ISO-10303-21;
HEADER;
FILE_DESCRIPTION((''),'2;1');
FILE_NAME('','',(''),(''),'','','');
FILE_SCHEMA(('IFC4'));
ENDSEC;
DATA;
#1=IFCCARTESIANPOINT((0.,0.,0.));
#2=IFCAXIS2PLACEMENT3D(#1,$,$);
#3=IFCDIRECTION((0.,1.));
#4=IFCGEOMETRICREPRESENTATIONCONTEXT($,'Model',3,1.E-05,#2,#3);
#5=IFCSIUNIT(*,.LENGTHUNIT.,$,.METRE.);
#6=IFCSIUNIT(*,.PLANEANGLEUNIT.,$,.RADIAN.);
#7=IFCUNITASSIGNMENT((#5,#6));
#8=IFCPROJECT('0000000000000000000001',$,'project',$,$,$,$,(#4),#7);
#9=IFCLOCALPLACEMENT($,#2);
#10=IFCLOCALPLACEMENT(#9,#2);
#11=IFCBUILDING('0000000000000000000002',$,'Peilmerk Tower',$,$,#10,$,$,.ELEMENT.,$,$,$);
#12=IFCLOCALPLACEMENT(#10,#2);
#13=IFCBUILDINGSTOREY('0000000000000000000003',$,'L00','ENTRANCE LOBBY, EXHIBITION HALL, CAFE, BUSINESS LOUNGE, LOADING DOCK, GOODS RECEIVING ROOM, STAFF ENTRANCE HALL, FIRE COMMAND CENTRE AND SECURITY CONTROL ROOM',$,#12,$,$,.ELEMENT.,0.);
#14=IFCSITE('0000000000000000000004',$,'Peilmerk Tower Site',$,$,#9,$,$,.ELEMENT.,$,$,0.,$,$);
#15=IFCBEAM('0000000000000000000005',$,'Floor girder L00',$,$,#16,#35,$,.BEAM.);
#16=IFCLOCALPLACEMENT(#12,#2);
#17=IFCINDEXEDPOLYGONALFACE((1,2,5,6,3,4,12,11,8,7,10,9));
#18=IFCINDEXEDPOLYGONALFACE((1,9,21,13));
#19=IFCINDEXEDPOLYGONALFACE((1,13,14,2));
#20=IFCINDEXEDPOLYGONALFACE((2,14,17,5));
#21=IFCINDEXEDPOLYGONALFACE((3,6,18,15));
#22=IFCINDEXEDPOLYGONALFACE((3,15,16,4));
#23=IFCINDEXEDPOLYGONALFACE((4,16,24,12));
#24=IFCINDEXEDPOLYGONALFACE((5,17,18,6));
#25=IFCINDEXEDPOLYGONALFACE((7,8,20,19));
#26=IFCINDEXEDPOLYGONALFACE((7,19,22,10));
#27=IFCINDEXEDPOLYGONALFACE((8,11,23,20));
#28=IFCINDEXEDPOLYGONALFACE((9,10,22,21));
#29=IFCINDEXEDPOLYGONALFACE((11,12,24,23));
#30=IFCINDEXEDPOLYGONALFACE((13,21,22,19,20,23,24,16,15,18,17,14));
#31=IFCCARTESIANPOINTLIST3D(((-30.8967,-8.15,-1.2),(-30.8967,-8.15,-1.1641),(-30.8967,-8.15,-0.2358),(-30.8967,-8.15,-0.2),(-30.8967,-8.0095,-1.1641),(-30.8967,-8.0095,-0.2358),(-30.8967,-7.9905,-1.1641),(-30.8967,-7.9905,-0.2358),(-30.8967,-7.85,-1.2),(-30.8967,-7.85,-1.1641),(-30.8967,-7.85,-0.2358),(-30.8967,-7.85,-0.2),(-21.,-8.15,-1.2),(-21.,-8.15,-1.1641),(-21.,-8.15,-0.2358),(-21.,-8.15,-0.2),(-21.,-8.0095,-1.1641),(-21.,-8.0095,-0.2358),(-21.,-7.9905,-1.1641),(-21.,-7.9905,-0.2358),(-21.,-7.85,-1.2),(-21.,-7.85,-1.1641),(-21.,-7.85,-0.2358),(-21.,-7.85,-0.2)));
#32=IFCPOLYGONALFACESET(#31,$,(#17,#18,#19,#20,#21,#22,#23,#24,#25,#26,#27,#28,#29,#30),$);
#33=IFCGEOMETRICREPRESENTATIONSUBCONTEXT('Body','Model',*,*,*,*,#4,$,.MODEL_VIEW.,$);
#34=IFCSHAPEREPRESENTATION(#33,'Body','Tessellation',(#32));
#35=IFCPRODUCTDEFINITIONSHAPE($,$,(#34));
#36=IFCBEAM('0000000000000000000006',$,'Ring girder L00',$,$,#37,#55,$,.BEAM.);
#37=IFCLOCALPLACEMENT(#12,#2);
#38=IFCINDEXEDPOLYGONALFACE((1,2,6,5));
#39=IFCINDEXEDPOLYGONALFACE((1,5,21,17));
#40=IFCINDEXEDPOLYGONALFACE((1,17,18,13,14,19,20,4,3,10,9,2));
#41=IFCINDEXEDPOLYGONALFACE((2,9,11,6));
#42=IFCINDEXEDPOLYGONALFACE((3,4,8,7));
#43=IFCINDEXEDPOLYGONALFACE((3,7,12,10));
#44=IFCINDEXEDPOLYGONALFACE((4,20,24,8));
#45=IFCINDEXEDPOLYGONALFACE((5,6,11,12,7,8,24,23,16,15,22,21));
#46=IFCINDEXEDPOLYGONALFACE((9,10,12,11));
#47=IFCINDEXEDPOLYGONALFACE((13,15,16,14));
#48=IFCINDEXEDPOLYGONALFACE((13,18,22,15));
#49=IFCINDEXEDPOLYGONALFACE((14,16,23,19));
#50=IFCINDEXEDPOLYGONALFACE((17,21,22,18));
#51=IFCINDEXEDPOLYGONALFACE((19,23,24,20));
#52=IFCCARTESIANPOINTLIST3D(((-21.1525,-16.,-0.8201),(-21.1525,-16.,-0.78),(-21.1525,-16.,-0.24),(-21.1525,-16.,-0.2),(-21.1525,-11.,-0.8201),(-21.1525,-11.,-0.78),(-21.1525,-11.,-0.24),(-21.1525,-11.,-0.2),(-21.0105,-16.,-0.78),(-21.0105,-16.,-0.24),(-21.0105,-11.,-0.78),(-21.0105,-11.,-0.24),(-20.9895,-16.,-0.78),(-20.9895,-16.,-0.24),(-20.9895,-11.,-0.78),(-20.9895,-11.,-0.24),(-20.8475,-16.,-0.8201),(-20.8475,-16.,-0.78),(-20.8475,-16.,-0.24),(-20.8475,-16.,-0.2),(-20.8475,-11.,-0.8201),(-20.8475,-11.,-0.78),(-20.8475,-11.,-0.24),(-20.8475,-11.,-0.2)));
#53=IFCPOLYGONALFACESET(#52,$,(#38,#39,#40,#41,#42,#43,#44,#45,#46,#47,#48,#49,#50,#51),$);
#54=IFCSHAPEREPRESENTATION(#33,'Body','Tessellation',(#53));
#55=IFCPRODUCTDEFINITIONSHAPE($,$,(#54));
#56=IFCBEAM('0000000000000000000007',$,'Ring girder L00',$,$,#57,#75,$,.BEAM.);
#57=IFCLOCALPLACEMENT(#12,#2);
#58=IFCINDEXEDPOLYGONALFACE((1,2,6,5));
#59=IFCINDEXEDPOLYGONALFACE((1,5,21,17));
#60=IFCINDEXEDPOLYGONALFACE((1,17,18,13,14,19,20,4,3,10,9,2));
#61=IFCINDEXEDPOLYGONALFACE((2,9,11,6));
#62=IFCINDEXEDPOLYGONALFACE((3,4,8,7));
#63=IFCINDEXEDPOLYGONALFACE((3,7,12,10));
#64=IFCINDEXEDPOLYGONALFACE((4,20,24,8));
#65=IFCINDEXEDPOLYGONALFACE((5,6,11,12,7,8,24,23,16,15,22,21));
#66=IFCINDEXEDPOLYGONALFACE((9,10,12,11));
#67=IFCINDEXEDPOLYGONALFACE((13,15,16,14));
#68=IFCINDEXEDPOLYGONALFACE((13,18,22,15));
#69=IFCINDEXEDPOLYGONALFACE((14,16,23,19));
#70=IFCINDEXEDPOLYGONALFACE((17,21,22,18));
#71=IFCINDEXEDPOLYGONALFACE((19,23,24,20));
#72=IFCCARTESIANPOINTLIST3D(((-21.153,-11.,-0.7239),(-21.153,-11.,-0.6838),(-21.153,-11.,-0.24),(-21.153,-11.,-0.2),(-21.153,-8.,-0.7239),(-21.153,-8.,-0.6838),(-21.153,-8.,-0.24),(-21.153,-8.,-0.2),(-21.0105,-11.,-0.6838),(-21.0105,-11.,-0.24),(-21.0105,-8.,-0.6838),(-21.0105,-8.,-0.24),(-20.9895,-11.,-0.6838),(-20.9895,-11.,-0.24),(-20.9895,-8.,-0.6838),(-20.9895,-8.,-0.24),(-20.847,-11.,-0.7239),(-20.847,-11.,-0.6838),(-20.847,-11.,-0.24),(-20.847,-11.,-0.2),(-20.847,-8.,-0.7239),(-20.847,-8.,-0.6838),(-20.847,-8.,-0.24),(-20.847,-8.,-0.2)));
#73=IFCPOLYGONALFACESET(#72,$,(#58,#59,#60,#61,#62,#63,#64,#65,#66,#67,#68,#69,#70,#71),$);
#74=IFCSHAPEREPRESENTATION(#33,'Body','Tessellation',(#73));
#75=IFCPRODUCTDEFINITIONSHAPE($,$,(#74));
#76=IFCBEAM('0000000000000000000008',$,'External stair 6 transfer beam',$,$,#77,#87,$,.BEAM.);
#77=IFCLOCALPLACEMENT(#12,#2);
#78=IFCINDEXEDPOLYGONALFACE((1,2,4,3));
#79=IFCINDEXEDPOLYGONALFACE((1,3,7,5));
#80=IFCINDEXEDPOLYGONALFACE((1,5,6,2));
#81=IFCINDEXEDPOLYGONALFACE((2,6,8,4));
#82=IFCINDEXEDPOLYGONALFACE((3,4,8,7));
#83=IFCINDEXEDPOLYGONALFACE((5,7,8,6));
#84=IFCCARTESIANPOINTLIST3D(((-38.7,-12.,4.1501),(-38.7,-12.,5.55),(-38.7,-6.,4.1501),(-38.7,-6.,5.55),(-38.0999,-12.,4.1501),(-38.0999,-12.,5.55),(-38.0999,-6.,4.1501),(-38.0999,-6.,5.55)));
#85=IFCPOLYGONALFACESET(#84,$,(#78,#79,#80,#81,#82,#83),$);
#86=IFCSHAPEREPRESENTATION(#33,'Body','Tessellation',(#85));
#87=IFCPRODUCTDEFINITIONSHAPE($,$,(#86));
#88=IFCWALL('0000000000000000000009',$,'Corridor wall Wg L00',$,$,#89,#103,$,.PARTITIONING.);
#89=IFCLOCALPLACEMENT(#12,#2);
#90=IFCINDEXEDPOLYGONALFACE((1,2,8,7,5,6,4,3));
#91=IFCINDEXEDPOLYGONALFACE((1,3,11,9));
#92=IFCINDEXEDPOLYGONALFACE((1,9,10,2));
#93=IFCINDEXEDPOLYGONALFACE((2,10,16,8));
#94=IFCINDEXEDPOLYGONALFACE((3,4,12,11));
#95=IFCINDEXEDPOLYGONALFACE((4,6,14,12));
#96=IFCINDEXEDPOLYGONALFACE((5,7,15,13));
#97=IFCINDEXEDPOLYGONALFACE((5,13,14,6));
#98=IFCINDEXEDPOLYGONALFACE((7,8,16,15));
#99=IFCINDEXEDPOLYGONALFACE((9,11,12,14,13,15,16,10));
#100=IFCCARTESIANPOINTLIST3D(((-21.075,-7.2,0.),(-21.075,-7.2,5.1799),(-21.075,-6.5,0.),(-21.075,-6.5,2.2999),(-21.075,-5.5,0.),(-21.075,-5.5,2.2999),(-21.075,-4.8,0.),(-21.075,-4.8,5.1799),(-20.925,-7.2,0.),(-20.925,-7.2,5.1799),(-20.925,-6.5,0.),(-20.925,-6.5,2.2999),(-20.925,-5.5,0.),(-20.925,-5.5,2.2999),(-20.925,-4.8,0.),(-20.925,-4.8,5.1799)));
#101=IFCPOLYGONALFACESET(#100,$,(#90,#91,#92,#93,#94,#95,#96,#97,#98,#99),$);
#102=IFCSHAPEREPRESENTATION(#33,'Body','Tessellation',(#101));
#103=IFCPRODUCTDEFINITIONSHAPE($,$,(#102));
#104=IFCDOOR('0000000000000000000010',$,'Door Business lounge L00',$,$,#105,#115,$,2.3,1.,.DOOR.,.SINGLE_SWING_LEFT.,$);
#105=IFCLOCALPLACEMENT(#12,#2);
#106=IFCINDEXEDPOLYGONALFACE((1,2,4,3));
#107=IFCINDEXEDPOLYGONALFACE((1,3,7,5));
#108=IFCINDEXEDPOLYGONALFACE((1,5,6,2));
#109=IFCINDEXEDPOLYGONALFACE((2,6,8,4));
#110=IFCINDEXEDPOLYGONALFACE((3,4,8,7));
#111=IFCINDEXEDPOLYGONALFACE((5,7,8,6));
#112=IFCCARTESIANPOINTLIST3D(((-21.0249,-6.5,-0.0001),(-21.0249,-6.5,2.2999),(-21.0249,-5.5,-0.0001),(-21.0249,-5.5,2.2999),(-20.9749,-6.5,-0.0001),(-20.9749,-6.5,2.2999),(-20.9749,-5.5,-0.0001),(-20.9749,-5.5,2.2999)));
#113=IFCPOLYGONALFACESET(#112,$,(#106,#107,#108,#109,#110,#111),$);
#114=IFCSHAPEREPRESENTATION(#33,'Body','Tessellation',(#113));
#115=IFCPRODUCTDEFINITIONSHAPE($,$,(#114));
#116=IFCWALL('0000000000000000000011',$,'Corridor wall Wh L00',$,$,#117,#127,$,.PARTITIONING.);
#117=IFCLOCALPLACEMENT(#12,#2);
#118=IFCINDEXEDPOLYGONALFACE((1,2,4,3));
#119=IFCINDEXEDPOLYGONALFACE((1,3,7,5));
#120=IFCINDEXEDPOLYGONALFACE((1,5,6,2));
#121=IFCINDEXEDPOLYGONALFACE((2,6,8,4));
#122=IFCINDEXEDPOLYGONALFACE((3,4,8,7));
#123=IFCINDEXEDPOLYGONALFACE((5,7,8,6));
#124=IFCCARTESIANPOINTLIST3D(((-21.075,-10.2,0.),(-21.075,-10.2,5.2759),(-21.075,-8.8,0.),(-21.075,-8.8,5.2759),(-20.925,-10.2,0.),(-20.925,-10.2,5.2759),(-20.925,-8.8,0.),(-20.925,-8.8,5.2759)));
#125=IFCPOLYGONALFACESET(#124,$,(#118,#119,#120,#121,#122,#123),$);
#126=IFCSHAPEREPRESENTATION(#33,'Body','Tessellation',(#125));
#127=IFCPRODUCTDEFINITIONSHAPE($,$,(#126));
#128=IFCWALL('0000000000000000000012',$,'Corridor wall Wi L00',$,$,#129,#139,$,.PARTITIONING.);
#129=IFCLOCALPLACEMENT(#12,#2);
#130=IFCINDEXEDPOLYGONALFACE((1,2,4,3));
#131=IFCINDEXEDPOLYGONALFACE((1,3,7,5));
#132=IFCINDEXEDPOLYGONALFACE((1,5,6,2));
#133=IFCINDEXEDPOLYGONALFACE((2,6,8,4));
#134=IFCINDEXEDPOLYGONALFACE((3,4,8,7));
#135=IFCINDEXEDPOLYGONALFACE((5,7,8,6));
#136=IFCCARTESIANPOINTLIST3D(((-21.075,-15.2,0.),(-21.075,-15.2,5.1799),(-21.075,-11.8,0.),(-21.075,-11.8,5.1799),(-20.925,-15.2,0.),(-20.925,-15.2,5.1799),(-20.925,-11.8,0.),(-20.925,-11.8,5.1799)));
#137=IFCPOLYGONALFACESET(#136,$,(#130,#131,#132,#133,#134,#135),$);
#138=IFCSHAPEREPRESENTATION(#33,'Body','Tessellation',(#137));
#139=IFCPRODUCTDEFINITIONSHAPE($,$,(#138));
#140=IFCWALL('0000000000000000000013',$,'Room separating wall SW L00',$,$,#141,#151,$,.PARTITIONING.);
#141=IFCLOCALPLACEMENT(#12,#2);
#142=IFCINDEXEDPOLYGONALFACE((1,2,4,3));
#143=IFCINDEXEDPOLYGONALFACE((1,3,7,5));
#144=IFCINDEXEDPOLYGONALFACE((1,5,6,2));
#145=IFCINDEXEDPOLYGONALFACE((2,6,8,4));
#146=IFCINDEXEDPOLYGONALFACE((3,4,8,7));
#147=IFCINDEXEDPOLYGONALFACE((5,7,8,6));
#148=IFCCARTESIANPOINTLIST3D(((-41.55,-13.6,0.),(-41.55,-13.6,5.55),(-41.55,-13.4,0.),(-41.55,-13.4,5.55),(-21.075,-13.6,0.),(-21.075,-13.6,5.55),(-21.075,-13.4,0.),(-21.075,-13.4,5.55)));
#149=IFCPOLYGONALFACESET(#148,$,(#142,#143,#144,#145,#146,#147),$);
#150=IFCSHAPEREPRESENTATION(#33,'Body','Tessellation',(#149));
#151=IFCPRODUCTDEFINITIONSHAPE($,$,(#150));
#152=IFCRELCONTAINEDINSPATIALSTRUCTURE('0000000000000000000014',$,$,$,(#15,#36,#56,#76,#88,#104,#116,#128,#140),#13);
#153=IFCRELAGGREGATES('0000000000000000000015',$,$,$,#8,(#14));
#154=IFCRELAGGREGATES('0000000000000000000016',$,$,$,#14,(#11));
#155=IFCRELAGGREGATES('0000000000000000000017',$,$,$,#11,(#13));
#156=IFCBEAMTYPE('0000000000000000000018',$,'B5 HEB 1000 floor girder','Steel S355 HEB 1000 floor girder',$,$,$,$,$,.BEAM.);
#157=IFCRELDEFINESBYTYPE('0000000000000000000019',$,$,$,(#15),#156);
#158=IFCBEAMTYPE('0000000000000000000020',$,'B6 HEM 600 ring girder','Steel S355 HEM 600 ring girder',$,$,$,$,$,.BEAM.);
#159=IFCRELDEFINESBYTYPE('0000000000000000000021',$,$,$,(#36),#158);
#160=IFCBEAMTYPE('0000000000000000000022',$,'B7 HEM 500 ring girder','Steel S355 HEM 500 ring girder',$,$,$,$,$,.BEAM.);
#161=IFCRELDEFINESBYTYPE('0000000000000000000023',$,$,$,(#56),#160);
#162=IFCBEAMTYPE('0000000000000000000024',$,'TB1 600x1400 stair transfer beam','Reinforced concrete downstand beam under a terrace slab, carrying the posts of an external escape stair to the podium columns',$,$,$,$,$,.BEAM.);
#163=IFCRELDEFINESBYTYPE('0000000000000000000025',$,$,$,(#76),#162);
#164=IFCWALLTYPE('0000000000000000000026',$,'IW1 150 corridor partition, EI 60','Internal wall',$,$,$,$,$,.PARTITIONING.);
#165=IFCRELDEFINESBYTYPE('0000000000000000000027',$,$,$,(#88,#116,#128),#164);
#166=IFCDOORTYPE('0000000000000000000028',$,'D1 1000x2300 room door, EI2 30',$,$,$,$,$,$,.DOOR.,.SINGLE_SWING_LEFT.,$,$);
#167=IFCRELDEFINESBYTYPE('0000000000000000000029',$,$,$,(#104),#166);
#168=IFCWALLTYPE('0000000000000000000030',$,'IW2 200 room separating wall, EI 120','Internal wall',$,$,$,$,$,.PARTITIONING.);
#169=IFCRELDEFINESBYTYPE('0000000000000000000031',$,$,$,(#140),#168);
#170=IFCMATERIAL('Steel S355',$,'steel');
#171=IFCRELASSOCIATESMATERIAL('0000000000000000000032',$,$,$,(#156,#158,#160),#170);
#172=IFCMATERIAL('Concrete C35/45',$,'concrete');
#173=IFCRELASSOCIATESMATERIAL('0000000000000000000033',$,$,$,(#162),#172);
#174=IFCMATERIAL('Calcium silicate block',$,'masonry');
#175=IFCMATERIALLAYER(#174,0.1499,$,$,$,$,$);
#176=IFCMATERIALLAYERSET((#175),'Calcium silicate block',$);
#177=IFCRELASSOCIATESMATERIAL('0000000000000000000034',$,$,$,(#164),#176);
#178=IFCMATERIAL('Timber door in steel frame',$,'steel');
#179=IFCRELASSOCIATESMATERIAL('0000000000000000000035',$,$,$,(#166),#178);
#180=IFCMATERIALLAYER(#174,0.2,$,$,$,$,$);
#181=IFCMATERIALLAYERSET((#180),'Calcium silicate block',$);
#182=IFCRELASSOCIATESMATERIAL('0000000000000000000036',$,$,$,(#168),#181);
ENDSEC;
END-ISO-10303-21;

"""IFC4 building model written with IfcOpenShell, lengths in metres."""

from ifc_helpers import new_model, si_unit, direction, frame, frame_2d, origin, origin_2d, place, context, subcontext, project, spatial, rectangle, i_section, extrude, material, layer, layer_set, material_profile, profile_set, type_object, element, fill, save


model = new_model("IFC4")

# Units and contexts
model_context = context("Model", 3, precision=1e-05, world=origin(), true_north=direction((0.0, 1.0)))
body_context = subcontext(model_context, "Body", "Model", "MODEL_VIEW")
ifc_project = project(units=[si_unit("LENGTHUNIT", "METRE"), si_unit("PLANEANGLEUNIT", "RADIAN")], contexts=[model_context])

# Site, building, storey
site_placement = place(None, origin())
site = spatial("IfcSite", under=ifc_project, at=site_placement, Name="Peilmerk Tower Site", CompositionType="ELEMENT", RefElevation=0.0)
building_placement = place(site_placement, origin())
building = spatial("IfcBuilding", under=site, at=building_placement, Name="Peilmerk Tower", CompositionType="ELEMENT")
storey_placement = place(building_placement, origin())
storey = spatial("IfcBuildingStorey", under=building, at=storey_placement, Name="L00", Description="ENTRANCE LOBBY, EXHIBITION HALL, CAFE, BUSINESS LOUNGE, LOADING DOCK, GOODS RECEIVING ROOM, STAFF ENTRANCE HALL, FIRE COMMAND CENTRE AND SECURITY CONTROL ROOM", CompositionType="ELEMENT", Elevation=0.0)

# Beams
ifc_material_1 = material(Name="Steel S355", Category="steel")
ifc_material_profile_1 = material_profile(ifc_material_1, i_section(OverallWidth=0.3, OverallDepth=1.0, WebThickness=0.019, FlangeThickness=0.0359, at=origin_2d()), Name="HEB 1000")
ifc_profile_set_1 = profile_set([ifc_material_profile_1], Name="Steel S355")
beam_type_1 = type_object("IfcBeamType", Name="B5 HEB 1000 floor girder", Description="Steel S355 HEB 1000 floor girder", PredefinedType="BEAM", material=ifc_profile_set_1)
beam_1_placement = place(storey_placement, frame((-21.0, -8.0, -0.7), z_axis=(-1.0, 0.0, 0.0), x_axis=(0.0, -1.0, 0.0)))
element("IfcBeam", 1, at=beam_1_placement, inside=storey, type_object=beam_type_1, Name="Floor girder L00", PredefinedType="BEAM", context=body_context, shape_type="SweptSolid", body=[
    extrude(i_section(OverallWidth=0.3, OverallDepth=1.0, WebThickness=0.019, FlangeThickness=0.0359, at=origin_2d()), origin(), (0.0, 0.0, 1.0), 9.8967),
])
ifc_material_profile_2 = material_profile(ifc_material_1, i_section(OverallWidth=0.3049, OverallDepth=0.6201, WebThickness=0.021, FlangeThickness=0.04, at=origin_2d()), Name="HEM 600")
ifc_profile_set_2 = profile_set([ifc_material_profile_2], Name="Steel S355")
beam_type_2 = type_object("IfcBeamType", Name="B6 HEM 600 ring girder", Description="Steel S355 HEM 600 ring girder", PredefinedType="BEAM", material=ifc_profile_set_2)
beam_2_placement = place(storey_placement, frame((-21.0, -11.0, -0.51), z_axis=(0.0, -1.0, 0.0), x_axis=(1.0, 0.0, 0.0)))
element("IfcBeam", 2, at=beam_2_placement, inside=storey, type_object=beam_type_2, Name="Ring girder L00", PredefinedType="BEAM", context=body_context, shape_type="SweptSolid", body=[
    extrude(i_section(OverallWidth=0.3049, OverallDepth=0.6201, WebThickness=0.021, FlangeThickness=0.04, at=origin_2d()), origin(), (0.0, 0.0, 1.0), 5.0),
])
ifc_material_profile_3 = material_profile(ifc_material_1, i_section(OverallWidth=0.3059, OverallDepth=0.5239, WebThickness=0.021, FlangeThickness=0.04, at=origin_2d()), Name="HEM 500")
ifc_profile_set_3 = profile_set([ifc_material_profile_3], Name="Steel S355")
beam_type_3 = type_object("IfcBeamType", Name="B7 HEM 500 ring girder", Description="Steel S355 HEM 500 ring girder", PredefinedType="BEAM", material=ifc_profile_set_3)
beam_3_placement = place(storey_placement, frame((-21.0, -8.0, -0.4619), z_axis=(0.0, -1.0, 0.0), x_axis=(1.0, 0.0, 0.0)))
element("IfcBeam", 3, at=beam_3_placement, inside=storey, type_object=beam_type_3, Name="Ring girder L00", PredefinedType="BEAM", context=body_context, shape_type="SweptSolid", body=[
    extrude(i_section(OverallWidth=0.3059, OverallDepth=0.5239, WebThickness=0.021, FlangeThickness=0.04, at=origin_2d()), origin(), (0.0, 0.0, 1.0), 3.0),
])
ifc_material_2 = material(Name="Concrete C35/45", Category="concrete")
ifc_material_profile_4 = material_profile(ifc_material_2, rectangle(XDim=0.6001, YDim=1.3999, at=origin_2d()), Name="RC 600x1400")
ifc_profile_set_4 = profile_set([ifc_material_profile_4], Name="Concrete C35/45")
beam_type_4 = type_object("IfcBeamType", Name="TB1 600x1400 stair transfer beam", Description="Reinforced concrete downstand beam under a terrace slab, carrying the posts of an external escape stair to the podium columns", PredefinedType="BEAM", material=ifc_profile_set_4)
beam_4_placement = place(storey_placement, frame((-38.3999, -6.0, 4.8501), z_axis=(0.0, -1.0, 0.0), x_axis=(1.0, 0.0, 0.0)))
element("IfcBeam", 4, at=beam_4_placement, inside=storey, type_object=beam_type_4, Name="External stair 6 transfer beam", PredefinedType="BEAM", context=body_context, shape_type="SweptSolid", body=[
    extrude(rectangle(XDim=0.6001, YDim=1.3999, at=origin_2d()), origin(), (0.0, 0.0, 1.0), 6.0),
])

# Wall, opening, door
ifc_material_3 = material(Name="Calcium silicate block", Category="masonry")
ifc_layer_1 = layer(ifc_material_3, 0.1499)
ifc_layer_set_1 = layer_set([ifc_layer_1], Name="Calcium silicate block")
wall_type_1 = type_object("IfcWallType", Name="IW1 150 corridor partition, EI 60", Description="Internal wall", PredefinedType="PARTITIONING", material=ifc_layer_set_1)
wall_1_placement = place(storey_placement, frame((-21.0, -4.8, 0.0), z_axis=(0.0, 0.0, 1.0), x_axis=(0.0, -1.0, 0.0)))
wall_1 = element("IfcWall", 5, at=wall_1_placement, inside=storey, type_object=wall_type_1, Name="Corridor wall Wg L00", PredefinedType="PARTITIONING", context=body_context, shape_type="SweptSolid", body=[
    extrude(rectangle(XDim=2.3999, YDim=0.1499, at=frame_2d((1.2, 0.0))), origin(), (0.0, 0.0, 1.0), 5.1799),
])
opening_placement = place(wall_1_placement, frame((0.7, 0.0, 0.0)))
opening = element("IfcOpeningElement", 6, at=opening_placement, cuts=wall_1, PredefinedType="OPENING", context=body_context, shape_type="SweptSolid", body=[
    extrude(rectangle(XDim=1.0, YDim=2.3, at=frame_2d((0.5, 1.1499))), frame((0.0, 0.085, 0.0), z_axis=(0.0, -1.0, 0.0), x_axis=(1.0, 0.0, 0.0)), (0.0, 0.0, 1.0), 0.1699),
])
ifc_material_4 = material(Name="Timber door in steel frame", Category="steel")
door_type = type_object("IfcDoorType", Name="D1 1000x2300 room door, EI2 30", OperationType="SINGLE_SWING_LEFT", PredefinedType="DOOR", material=ifc_material_4)
door_placement = place(opening_placement, frame((1.0, 0.0, 0.0), z_axis=(0.0, 0.0, 1.0), x_axis=(-1.0, 0.0, 0.0)))
door = element("IfcDoor", 7, at=door_placement, inside=storey, type_object=door_type, Name="Door Business lounge L00", OperationType="SINGLE_SWING_LEFT", OverallHeight=2.3, OverallWidth=1.0, PredefinedType="DOOR", context=body_context, shape_type="SweptSolid", body=[
    extrude(rectangle(XDim=1.0, YDim=2.3, at=frame_2d((0.5, 1.1499))), frame((0.0, 0.0249, 0.0), z_axis=(0.0, -1.0, 0.0), x_axis=(1.0, 0.0, 0.0)), (0.0, 0.0, 1.0), 0.05),
])
fill(opening, door)

# Walls
wall_2_placement = place(storey_placement, frame((-21.0, -8.8, 0.0), z_axis=(0.0, 0.0, 1.0), x_axis=(0.0, -1.0, 0.0)))
element("IfcWall", 8, at=wall_2_placement, inside=storey, type_object=wall_type_1, Name="Corridor wall Wh L00", PredefinedType="PARTITIONING", context=body_context, shape_type="SweptSolid", body=[
    extrude(rectangle(XDim=1.3999, YDim=0.1499, at=frame_2d((0.7, 0.0))), origin(), (0.0, 0.0, 1.0), 5.2759),
])
wall_3_placement = place(storey_placement, frame((-21.0, -11.8, 0.0), z_axis=(0.0, 0.0, 1.0), x_axis=(0.0, -1.0, 0.0)))
element("IfcWall", 9, at=wall_3_placement, inside=storey, type_object=wall_type_1, Name="Corridor wall Wi L00", PredefinedType="PARTITIONING", context=body_context, shape_type="SweptSolid", body=[
    extrude(rectangle(XDim=3.3999, YDim=0.1499, at=frame_2d((1.7, 0.0))), origin(), (0.0, 0.0, 1.0), 5.1799),
])
ifc_layer_2 = layer(ifc_material_3, 0.2)
ifc_layer_set_2 = layer_set([ifc_layer_2], Name="Calcium silicate block")
wall_type_2 = type_object("IfcWallType", Name="IW2 200 room separating wall, EI 120", Description="Internal wall", PredefinedType="PARTITIONING", material=ifc_layer_set_2)
wall_4_placement = place(storey_placement, frame((-21.075, -13.5, 0.0), z_axis=(0.0, 0.0, 1.0), x_axis=(-1.0, 0.0, 0.0)))
element("IfcWall", 10, at=wall_4_placement, inside=storey, type_object=wall_type_2, Name="Room separating wall SW L00", PredefinedType="PARTITIONING", context=body_context, shape_type="SweptSolid", body=[
    extrude(rectangle(XDim=20.4751, YDim=0.2, at=frame_2d((10.2375, 0.0))), origin(), (0.0, 0.0, 1.0), 5.55),
])

save(model, "model.ifc")
